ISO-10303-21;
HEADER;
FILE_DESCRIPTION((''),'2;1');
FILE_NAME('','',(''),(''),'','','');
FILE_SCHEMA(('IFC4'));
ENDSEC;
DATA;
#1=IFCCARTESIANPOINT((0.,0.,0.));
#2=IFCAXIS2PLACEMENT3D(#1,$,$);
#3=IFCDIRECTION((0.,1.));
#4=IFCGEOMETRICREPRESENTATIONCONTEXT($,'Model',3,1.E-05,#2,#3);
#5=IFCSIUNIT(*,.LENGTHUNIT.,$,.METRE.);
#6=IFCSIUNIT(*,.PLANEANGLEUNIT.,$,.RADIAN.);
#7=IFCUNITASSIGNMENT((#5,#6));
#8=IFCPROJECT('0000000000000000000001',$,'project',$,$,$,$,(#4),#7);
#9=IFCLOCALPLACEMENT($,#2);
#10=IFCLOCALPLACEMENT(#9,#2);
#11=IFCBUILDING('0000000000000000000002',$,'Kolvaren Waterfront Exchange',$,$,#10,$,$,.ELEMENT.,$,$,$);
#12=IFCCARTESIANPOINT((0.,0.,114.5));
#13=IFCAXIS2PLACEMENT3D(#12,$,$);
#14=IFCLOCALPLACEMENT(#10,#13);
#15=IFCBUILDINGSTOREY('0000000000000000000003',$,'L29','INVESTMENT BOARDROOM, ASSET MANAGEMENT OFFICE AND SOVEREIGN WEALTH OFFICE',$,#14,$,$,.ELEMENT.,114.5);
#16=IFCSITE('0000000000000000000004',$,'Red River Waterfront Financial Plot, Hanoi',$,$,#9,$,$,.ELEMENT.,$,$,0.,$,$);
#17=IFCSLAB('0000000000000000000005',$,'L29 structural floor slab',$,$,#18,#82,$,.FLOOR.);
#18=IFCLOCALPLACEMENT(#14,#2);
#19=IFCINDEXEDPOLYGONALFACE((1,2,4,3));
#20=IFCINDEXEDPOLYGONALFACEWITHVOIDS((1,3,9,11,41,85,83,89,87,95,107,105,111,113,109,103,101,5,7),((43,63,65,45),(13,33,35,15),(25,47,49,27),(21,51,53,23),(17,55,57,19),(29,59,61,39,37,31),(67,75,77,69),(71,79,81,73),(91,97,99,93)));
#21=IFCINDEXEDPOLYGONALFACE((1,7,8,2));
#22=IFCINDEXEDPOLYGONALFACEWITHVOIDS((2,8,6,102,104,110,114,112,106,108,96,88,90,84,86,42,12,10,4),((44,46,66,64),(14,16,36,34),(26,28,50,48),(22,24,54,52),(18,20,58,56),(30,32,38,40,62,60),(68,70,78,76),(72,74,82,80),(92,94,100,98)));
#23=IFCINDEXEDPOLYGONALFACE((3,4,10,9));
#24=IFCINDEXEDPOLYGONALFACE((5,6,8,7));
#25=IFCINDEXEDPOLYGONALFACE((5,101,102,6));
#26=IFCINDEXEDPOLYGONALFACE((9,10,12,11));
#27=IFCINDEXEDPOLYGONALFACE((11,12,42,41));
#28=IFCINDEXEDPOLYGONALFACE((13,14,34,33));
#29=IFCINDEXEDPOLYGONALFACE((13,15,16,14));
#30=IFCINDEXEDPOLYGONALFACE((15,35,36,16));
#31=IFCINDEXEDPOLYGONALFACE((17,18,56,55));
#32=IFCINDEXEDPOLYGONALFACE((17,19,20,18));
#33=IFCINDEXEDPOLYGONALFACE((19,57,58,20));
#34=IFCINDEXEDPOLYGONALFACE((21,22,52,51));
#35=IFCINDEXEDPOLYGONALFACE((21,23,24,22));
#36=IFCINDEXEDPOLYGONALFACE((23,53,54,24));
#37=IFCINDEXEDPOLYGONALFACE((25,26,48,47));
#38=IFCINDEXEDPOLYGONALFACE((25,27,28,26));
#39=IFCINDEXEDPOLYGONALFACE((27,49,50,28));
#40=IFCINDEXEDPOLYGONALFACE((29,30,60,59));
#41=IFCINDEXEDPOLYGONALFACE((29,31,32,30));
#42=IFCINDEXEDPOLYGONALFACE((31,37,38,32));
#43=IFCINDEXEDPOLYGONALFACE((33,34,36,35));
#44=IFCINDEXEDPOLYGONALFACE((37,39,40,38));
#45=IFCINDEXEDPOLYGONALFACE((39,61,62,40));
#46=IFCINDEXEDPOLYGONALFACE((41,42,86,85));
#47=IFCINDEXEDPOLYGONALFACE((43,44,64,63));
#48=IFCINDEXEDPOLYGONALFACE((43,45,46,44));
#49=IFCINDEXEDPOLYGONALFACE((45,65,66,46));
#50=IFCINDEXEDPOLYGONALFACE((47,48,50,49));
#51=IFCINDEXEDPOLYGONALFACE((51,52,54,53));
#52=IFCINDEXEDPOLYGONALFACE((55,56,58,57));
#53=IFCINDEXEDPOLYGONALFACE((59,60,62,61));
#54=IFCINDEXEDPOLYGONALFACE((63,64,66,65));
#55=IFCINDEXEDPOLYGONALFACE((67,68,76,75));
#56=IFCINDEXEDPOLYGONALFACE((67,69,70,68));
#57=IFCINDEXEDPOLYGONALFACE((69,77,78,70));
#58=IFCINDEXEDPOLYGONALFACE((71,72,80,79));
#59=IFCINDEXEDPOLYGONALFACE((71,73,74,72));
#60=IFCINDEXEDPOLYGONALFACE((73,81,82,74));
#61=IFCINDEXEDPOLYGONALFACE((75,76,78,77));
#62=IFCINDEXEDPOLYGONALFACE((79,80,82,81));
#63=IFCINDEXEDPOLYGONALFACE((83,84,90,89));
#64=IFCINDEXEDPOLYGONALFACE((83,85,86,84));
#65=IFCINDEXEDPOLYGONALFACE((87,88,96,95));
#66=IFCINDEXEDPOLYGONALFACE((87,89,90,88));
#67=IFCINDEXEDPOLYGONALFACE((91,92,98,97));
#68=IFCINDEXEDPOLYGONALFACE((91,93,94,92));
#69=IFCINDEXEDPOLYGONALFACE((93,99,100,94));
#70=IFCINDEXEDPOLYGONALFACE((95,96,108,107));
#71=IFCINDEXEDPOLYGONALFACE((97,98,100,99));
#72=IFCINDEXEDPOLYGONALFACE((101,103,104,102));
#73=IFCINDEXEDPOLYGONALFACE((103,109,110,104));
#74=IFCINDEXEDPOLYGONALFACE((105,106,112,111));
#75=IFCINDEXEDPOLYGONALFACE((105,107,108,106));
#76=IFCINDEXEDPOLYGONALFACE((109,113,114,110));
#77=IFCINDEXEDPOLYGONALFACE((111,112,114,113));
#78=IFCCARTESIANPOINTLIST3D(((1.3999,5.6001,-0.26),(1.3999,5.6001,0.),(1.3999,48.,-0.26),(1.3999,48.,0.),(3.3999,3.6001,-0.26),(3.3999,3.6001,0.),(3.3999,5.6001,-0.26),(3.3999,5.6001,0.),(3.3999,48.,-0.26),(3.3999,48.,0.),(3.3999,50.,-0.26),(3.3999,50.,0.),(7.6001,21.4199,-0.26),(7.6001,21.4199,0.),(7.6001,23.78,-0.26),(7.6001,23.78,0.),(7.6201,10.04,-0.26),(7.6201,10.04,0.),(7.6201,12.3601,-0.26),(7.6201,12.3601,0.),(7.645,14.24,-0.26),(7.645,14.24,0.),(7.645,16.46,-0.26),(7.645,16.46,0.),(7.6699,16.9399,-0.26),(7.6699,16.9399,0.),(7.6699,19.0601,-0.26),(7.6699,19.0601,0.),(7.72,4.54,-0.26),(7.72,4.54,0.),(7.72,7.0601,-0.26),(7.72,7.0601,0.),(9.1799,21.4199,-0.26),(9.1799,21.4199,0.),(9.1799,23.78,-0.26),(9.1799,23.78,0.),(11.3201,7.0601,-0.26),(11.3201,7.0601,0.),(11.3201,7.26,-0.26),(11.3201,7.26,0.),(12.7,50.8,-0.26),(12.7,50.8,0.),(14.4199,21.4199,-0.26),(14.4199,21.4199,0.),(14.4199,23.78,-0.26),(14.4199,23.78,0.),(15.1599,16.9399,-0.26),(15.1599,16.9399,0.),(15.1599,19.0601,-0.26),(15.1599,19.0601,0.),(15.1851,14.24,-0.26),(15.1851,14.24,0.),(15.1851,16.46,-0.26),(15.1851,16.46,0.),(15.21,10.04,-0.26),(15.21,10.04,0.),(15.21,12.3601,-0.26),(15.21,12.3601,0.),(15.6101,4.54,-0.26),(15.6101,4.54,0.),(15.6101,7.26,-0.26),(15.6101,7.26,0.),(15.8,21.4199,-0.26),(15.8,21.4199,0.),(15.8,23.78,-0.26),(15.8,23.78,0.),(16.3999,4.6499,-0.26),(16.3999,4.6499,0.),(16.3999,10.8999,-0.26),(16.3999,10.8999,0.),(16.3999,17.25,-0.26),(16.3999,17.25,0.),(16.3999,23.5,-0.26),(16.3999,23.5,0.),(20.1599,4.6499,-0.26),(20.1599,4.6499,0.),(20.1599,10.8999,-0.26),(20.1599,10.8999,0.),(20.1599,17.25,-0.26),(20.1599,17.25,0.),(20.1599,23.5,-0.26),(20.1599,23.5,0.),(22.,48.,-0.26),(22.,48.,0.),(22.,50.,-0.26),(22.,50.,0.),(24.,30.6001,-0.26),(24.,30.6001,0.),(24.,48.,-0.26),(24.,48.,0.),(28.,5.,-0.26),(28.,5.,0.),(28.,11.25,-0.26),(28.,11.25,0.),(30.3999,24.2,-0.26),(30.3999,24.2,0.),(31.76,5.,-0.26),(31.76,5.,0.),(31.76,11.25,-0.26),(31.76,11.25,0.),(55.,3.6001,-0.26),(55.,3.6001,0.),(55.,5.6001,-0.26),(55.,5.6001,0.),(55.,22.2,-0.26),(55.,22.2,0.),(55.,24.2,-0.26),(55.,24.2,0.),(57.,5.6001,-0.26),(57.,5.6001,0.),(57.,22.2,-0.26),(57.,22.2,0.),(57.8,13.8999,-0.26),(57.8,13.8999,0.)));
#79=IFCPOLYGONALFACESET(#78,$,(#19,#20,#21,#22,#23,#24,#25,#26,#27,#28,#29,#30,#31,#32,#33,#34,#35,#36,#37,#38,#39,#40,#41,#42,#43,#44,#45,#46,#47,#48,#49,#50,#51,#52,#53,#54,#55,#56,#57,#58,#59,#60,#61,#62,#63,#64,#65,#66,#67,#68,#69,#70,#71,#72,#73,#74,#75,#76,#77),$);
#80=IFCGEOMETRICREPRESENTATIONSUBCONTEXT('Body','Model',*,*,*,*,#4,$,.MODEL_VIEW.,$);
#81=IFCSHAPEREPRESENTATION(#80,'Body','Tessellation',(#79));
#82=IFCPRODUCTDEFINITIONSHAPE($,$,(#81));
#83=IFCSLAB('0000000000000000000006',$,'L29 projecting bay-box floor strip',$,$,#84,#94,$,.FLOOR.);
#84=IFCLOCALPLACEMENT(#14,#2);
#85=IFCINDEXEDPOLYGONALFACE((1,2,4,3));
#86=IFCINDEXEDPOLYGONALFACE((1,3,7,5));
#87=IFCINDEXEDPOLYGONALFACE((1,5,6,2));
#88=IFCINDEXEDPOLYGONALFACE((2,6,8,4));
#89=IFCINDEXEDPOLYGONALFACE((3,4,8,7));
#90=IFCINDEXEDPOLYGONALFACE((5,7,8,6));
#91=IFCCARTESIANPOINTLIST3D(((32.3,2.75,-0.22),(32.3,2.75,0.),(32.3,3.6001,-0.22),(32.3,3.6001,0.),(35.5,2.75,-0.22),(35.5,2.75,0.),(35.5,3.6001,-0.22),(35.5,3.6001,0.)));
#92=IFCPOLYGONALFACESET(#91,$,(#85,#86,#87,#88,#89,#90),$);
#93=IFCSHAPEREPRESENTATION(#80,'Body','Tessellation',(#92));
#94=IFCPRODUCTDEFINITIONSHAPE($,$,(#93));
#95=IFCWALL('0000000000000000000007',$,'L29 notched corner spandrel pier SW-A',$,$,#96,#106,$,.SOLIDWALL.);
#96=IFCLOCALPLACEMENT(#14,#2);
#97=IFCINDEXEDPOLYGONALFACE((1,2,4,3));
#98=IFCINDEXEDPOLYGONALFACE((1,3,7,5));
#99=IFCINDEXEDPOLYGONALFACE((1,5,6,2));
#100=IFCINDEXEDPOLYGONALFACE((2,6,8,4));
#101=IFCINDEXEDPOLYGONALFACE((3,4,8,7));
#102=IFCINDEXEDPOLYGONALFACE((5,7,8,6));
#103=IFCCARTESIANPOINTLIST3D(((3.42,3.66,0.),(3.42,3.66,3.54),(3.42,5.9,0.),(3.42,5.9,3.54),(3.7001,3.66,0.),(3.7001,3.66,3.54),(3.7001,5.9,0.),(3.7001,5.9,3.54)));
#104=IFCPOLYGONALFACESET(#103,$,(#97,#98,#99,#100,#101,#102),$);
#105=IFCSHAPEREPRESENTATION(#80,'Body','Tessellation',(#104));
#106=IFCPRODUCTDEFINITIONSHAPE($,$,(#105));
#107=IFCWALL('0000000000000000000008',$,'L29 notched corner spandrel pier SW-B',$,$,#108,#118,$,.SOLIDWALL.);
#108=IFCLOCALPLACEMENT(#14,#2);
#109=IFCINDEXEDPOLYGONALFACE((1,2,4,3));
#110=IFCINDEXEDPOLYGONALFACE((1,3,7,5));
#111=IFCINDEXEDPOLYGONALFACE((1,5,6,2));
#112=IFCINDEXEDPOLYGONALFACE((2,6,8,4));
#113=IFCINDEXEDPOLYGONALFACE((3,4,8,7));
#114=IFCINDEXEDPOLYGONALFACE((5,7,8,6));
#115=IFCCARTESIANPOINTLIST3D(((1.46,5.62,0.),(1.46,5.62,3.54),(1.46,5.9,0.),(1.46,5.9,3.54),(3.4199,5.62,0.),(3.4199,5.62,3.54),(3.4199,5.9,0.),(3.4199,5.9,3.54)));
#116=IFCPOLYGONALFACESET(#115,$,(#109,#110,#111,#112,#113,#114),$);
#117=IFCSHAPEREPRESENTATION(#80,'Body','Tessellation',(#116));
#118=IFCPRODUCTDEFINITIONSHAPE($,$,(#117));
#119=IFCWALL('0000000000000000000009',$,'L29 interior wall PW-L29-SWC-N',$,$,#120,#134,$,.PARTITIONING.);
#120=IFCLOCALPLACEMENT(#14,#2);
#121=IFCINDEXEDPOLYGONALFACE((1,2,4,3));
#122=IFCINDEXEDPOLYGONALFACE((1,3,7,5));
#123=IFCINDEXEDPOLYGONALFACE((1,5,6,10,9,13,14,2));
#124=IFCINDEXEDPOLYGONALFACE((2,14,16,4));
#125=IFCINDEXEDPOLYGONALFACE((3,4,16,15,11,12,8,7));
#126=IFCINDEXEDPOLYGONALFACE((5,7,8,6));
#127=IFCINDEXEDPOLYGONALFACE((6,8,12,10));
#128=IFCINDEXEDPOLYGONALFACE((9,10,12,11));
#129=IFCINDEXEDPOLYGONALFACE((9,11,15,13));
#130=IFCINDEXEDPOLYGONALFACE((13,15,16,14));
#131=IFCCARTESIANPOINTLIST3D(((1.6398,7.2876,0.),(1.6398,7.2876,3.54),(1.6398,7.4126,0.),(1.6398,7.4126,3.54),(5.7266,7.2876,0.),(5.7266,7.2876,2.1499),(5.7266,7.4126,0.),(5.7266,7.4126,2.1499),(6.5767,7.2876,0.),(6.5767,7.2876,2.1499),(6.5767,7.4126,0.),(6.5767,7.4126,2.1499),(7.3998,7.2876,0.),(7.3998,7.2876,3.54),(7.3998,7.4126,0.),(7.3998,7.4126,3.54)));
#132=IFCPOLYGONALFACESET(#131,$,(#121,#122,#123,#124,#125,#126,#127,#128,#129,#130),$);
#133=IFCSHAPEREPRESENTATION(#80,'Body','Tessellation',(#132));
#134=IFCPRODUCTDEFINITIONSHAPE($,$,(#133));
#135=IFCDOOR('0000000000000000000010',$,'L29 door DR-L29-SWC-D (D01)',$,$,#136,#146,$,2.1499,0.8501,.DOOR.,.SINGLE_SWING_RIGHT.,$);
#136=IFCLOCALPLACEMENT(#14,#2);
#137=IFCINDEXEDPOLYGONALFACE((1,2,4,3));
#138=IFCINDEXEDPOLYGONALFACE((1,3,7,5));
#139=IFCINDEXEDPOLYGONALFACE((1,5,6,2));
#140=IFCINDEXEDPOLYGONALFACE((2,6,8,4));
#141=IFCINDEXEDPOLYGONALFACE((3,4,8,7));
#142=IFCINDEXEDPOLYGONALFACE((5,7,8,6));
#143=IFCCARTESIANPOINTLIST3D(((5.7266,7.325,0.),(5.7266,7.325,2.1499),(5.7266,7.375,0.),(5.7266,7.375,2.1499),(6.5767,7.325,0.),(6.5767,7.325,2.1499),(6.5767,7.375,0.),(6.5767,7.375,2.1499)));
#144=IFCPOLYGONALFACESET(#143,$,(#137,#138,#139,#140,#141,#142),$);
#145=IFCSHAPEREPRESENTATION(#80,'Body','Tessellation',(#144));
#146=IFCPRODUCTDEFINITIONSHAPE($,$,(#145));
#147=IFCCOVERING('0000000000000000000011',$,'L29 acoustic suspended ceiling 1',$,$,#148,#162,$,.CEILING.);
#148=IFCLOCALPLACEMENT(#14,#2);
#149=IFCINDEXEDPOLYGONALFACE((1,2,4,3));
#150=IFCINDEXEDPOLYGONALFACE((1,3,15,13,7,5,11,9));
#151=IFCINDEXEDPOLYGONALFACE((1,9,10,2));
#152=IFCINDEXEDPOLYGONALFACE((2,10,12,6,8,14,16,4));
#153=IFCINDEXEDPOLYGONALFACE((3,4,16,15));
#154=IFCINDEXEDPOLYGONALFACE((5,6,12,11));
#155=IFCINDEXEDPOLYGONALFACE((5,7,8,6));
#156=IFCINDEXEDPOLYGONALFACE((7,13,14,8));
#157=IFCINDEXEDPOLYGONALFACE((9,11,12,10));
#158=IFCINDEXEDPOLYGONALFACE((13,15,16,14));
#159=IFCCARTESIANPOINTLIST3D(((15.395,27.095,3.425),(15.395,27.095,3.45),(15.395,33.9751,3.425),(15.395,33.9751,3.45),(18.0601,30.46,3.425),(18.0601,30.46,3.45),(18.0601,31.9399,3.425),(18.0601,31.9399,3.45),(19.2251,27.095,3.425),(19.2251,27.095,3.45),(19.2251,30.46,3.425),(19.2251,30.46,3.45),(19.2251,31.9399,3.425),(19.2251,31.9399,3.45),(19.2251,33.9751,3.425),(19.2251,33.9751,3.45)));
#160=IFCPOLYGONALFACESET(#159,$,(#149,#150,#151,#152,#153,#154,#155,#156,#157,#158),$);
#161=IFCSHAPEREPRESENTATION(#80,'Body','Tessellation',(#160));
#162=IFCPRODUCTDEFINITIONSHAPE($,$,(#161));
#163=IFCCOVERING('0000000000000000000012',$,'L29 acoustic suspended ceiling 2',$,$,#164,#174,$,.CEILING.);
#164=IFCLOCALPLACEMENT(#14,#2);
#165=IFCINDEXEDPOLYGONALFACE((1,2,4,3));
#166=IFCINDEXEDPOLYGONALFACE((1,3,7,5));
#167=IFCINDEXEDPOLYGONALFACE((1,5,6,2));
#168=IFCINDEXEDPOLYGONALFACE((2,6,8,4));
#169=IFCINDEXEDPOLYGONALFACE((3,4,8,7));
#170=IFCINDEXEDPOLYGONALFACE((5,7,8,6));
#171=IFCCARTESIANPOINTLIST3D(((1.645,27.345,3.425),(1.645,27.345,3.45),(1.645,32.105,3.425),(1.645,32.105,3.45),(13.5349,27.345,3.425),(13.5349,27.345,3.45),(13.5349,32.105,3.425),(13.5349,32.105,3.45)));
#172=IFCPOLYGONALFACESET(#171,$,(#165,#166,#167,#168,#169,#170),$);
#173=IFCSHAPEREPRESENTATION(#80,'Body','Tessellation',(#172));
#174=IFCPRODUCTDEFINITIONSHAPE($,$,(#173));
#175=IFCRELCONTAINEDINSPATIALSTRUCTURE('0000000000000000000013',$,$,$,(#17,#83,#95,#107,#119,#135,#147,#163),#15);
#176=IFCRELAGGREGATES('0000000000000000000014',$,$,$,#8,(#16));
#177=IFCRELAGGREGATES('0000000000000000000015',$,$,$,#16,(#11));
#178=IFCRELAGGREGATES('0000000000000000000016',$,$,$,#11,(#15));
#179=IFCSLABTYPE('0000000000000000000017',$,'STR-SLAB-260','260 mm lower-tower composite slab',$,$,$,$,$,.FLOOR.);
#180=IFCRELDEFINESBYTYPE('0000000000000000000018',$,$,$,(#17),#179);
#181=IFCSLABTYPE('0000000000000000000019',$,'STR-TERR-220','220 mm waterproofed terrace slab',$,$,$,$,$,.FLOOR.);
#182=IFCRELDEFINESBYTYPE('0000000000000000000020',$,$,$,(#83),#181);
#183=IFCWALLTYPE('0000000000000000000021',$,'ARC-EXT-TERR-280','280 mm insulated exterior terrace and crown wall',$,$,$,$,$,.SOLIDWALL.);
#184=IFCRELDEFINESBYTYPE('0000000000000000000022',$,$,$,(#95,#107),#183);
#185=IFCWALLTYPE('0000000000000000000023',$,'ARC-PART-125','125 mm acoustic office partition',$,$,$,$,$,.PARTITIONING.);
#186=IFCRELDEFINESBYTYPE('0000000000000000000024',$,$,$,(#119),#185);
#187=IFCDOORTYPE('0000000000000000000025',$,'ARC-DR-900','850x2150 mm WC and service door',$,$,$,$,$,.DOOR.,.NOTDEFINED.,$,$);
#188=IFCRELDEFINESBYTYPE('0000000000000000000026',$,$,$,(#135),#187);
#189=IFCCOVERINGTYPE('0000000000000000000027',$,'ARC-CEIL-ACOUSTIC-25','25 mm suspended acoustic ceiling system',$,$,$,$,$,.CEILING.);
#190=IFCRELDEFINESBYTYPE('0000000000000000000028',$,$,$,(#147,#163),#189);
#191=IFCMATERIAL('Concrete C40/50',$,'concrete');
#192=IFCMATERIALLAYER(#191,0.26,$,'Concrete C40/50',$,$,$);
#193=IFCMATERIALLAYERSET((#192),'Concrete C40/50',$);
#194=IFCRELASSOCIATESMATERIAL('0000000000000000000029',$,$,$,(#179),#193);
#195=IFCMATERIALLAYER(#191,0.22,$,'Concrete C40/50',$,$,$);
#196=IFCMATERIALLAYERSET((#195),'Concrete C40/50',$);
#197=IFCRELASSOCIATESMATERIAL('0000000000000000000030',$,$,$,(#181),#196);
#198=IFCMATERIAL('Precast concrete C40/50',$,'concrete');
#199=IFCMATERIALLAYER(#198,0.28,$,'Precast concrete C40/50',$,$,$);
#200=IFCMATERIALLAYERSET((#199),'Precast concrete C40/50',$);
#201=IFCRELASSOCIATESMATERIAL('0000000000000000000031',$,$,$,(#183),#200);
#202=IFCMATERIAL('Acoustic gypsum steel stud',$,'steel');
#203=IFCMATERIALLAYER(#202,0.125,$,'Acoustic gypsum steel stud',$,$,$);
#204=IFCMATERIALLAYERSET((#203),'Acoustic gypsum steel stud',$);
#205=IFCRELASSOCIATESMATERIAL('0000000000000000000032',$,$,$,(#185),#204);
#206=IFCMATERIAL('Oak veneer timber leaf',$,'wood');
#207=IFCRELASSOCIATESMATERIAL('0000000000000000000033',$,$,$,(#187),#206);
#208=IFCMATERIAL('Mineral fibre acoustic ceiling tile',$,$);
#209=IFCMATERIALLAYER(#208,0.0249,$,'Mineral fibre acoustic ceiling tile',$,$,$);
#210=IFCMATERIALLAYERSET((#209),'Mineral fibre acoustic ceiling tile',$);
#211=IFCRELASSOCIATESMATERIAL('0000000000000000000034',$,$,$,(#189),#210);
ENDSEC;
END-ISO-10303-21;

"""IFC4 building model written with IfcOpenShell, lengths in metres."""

from ifc_helpers import new_model, si_unit, direction, frame, frame_2d, origin, place, context, subcontext, project, spatial, polyline, rectangle, outline, extrude, material, layer, layer_set, type_object, element, fill, save


model = new_model("IFC4")

# Units and contexts
model_context = context("Model", 3, precision=1e-05, world=origin(), true_north=direction((0.0, 1.0)))
body_context = subcontext(model_context, "Body", "Model", "MODEL_VIEW")
ifc_project = project(units=[si_unit("LENGTHUNIT", "METRE"), si_unit("PLANEANGLEUNIT", "RADIAN")], contexts=[model_context])

# Site, building, storey
site_placement = place(None, origin())
site = spatial("IfcSite", under=ifc_project, at=site_placement, Name="Red River Waterfront Financial Plot, Hanoi", CompositionType="ELEMENT", RefElevation=0.0)
building_placement = place(site_placement, origin())
building = spatial("IfcBuilding", under=site, at=building_placement, Name="Kolvaren Waterfront Exchange", CompositionType="ELEMENT")
storey_placement = place(building_placement, frame((0.0, 0.0, 114.5)))
storey = spatial("IfcBuildingStorey", under=building, at=storey_placement, Name="L29", Description="INVESTMENT BOARDROOM, ASSET MANAGEMENT OFFICE AND SOVEREIGN WEALTH OFFICE", CompositionType="ELEMENT", Elevation=114.5)

# Shared definitions
ifc_material_1 = material(Name="Concrete C40/50", Category="concrete")

# Slabs
ifc_layer_1 = layer(ifc_material_1, 0.26, Name="Concrete C40/50")
ifc_layer_set_1 = layer_set([ifc_layer_1], Name="Concrete C40/50")
slab_type_1 = type_object("IfcSlabType", Name="STR-SLAB-260", Description="260 mm lower-tower composite slab", PredefinedType="FLOOR", material=ifc_layer_set_1)
slab_1_placement = place(storey_placement, frame((0.0, 0.0, -0.26)))
element("IfcSlab", 1, at=slab_1_placement, inside=storey, type_object=slab_type_1, Name="L29 structural floor slab", PredefinedType="FLOOR", context=body_context, shape_type="SweptSolid", body=[
    extrude(outline(polyline([(3.3999, 3.6001), (55.0, 3.6001), (55.0, 5.6001), (57.0, 5.6001), (57.8, 13.8999), (57.0, 22.2), (55.0, 22.2), (55.0, 24.2), (30.3999, 24.2), (24.0, 30.6001), (24.0, 48.0), (22.0, 48.0), (22.0, 50.0), (12.7, 50.8), (3.3999, 50.0), (3.3999, 48.0), (1.3999, 48.0), (1.3999, 5.6001), (3.3999, 5.6001), (3.3999, 3.6001)]), holes=[polyline([(11.3201, 7.26), (15.6101, 7.26), (15.6101, 4.54), (7.72, 4.54), (7.72, 7.0601), (11.3201, 7.0601), (11.3201, 7.26)]), polyline([(20.1599, 4.6499), (16.3999, 4.6499), (16.3999, 10.8999), (20.1599, 10.8999), (20.1599, 4.6499)]), polyline([(31.76, 5.0), (28.0, 5.0), (28.0, 11.25), (31.76, 11.25), (31.76, 5.0)]), polyline([(15.21, 10.04), (7.6201, 10.04), (7.6201, 12.3601), (15.21, 12.3601), (15.21, 10.04)]), polyline([(7.645, 16.46), (15.1851, 16.46), (15.1851, 14.24), (7.645, 14.24), (7.645, 16.46)]), polyline([(15.1599, 16.9399), (7.6699, 16.9399), (7.6699, 19.0601), (15.1599, 19.0601), (15.1599, 16.9399)]), polyline([(16.3999, 23.5), (20.1599, 23.5), (20.1599, 17.25), (16.3999, 17.25), (16.3999, 23.5)]), polyline([(7.6001, 23.78), (9.1799, 23.78), (9.1799, 21.4199), (7.6001, 21.4199), (7.6001, 23.78)]), polyline([(15.8, 23.78), (15.8, 21.4199), (14.4199, 21.4199), (14.4199, 23.78), (15.8, 23.78)])]), origin(), (0.0, 0.0, 1.0), 0.26),
])
ifc_layer_2 = layer(ifc_material_1, 0.22, Name="Concrete C40/50")
ifc_layer_set_2 = layer_set([ifc_layer_2], Name="Concrete C40/50")
slab_type_2 = type_object("IfcSlabType", Name="STR-TERR-220", Description="220 mm waterproofed terrace slab", PredefinedType="FLOOR", material=ifc_layer_set_2)
slab_2_placement = place(storey_placement, frame((0.0, 0.0, -0.22)))
element("IfcSlab", 2, at=slab_2_placement, inside=storey, type_object=slab_type_2, Name="L29 projecting bay-box floor strip", PredefinedType="FLOOR", context=body_context, shape_type="SweptSolid", body=[
    extrude(outline(polyline([(32.3, 2.75), (35.5, 2.75), (35.5, 3.6001), (32.3, 3.6001), (32.3, 2.75)])), origin(), (0.0, 0.0, 1.0), 0.22),
])

# Walls
ifc_material_2 = material(Name="Precast concrete C40/50", Category="concrete")
ifc_layer_3 = layer(ifc_material_2, 0.28, Name="Precast concrete C40/50")
ifc_layer_set_3 = layer_set([ifc_layer_3], Name="Precast concrete C40/50")
wall_type_1 = type_object("IfcWallType", Name="ARC-EXT-TERR-280", Description="280 mm insulated exterior terrace and crown wall", PredefinedType="SOLIDWALL", material=ifc_layer_set_3)
wall_1_placement = place(storey_placement, frame((3.5601, 3.6599, 0.0), z_axis=(0.0, 0.0, 1.0), x_axis=(0.0, 1.0, 0.0)))
element("IfcWall", 3, at=wall_1_placement, inside=storey, type_object=wall_type_1, Name="L29 notched corner spandrel pier SW-A", PredefinedType="SOLIDWALL", context=body_context, shape_type="SweptSolid", body=[
    extrude(rectangle(XDim=2.24, YDim=0.28, at=frame_2d((1.1201, 0.0))), origin(), (0.0, 0.0, 1.0), 3.54),
])
wall_2_placement = place(storey_placement, frame((1.46, 5.76, 0.0), z_axis=(0.0, 0.0, 1.0), x_axis=(1.0, 0.0, 0.0)))
element("IfcWall", 4, at=wall_2_placement, inside=storey, type_object=wall_type_1, Name="L29 notched corner spandrel pier SW-B", PredefinedType="SOLIDWALL", context=body_context, shape_type="SweptSolid", body=[
    extrude(rectangle(XDim=1.96, YDim=0.28, at=frame_2d((0.98, 0.0))), origin(), (0.0, 0.0, 1.0), 3.54),
])

# Wall, opening, door
ifc_material_3 = material(Name="Acoustic gypsum steel stud", Category="steel")
ifc_layer_4 = layer(ifc_material_3, 0.125, Name="Acoustic gypsum steel stud")
ifc_layer_set_4 = layer_set([ifc_layer_4], Name="Acoustic gypsum steel stud")
wall_type_2 = type_object("IfcWallType", Name="ARC-PART-125", Description="125 mm acoustic office partition", PredefinedType="PARTITIONING", material=ifc_layer_set_4)
wall_3_placement = place(storey_placement, frame((1.6399, 7.3501, 0.0), z_axis=(0.0, 0.0, 1.0), x_axis=(1.0, 0.0, 0.0)))
wall_3 = element("IfcWall", 5, at=wall_3_placement, inside=storey, type_object=wall_type_2, Name="L29 interior wall PW-L29-SWC-N", PredefinedType="PARTITIONING", context=body_context, shape_type="SweptSolid", body=[
    extrude(rectangle(XDim=5.76, YDim=0.125, at=frame_2d((2.8799, 0.0))), origin(), (0.0, 0.0, 1.0), 3.54),
])
opening_placement = place(wall_3_placement, frame((4.0867, 0.0, 0.0)))
opening = element("IfcOpeningElement", 6, at=opening_placement, cuts=wall_3, PredefinedType="OPENING", context=body_context, shape_type="SweptSolid", body=[
    extrude(rectangle(XDim=0.8501, YDim=2.1499, at=frame_2d((0.425, 1.075))), frame((0.0, 0.0725, 0.0), z_axis=(0.0, -1.0, 0.0), x_axis=(1.0, 0.0, 0.0)), (0.0, 0.0, 1.0), 0.145),
])
ifc_material_4 = material(Name="Oak veneer timber leaf", Category="wood")
door_type = type_object("IfcDoorType", Name="ARC-DR-900", Description="850x2150 mm WC and service door", OperationType="NOTDEFINED", PredefinedType="DOOR", material=ifc_material_4)
door_placement = place(opening_placement, origin())
door = element("IfcDoor", 7, at=door_placement, inside=storey, type_object=door_type, Name="L29 door DR-L29-SWC-D (D01)", OperationType="SINGLE_SWING_RIGHT", OverallHeight=2.1499, OverallWidth=0.8501, PredefinedType="DOOR", context=body_context, shape_type="SweptSolid", body=[
    extrude(rectangle(XDim=0.8501, YDim=2.1499, at=frame_2d((0.425, 1.075))), frame((0.0, 0.0249, 0.0), z_axis=(0.0, -1.0, 0.0), x_axis=(1.0, 0.0, 0.0)), (0.0, 0.0, 1.0), 0.05),
])
fill(opening, door)

# Coverings
ifc_material_5 = material(Name="Mineral fibre acoustic ceiling tile")
ifc_layer_5 = layer(ifc_material_5, 0.0249, Name="Mineral fibre acoustic ceiling tile")
ifc_layer_set_5 = layer_set([ifc_layer_5], Name="Mineral fibre acoustic ceiling tile")
covering_type_1 = type_object("IfcCoveringType", Name="ARC-CEIL-ACOUSTIC-25", Description="25 mm suspended acoustic ceiling system", PredefinedType="CEILING", material=ifc_layer_set_5)
covering_1_placement = place(storey_placement, frame((0.0, 0.0, 3.425)))
element("IfcCovering", 8, at=covering_1_placement, inside=storey, type_object=covering_type_1, Name="L29 acoustic suspended ceiling 1", PredefinedType="CEILING", context=body_context, shape_type="SweptSolid", body=[
    extrude(outline(polyline([(19.2251, 30.46), (18.0601, 30.46), (18.0601, 31.9399), (19.2251, 31.9399), (19.2251, 33.9751), (15.395, 33.9751), (15.395, 27.095), (19.2251, 27.095), (19.2251, 30.46)])), origin(), (0.0, 0.0, 1.0), 0.0249),
])
covering_2_placement = place(storey_placement, frame((0.0, 0.0, 3.425)))
element("IfcCovering", 9, at=covering_2_placement, inside=storey, type_object=covering_type_1, Name="L29 acoustic suspended ceiling 2", PredefinedType="CEILING", context=body_context, shape_type="SweptSolid", body=[
    extrude(outline(polyline([(13.5349, 27.345), (13.5349, 32.105), (1.645, 32.105), (1.645, 27.345), (13.5349, 27.345)])), origin(), (0.0, 0.0, 1.0), 0.0249),
])

save(model, "model.ifc")
